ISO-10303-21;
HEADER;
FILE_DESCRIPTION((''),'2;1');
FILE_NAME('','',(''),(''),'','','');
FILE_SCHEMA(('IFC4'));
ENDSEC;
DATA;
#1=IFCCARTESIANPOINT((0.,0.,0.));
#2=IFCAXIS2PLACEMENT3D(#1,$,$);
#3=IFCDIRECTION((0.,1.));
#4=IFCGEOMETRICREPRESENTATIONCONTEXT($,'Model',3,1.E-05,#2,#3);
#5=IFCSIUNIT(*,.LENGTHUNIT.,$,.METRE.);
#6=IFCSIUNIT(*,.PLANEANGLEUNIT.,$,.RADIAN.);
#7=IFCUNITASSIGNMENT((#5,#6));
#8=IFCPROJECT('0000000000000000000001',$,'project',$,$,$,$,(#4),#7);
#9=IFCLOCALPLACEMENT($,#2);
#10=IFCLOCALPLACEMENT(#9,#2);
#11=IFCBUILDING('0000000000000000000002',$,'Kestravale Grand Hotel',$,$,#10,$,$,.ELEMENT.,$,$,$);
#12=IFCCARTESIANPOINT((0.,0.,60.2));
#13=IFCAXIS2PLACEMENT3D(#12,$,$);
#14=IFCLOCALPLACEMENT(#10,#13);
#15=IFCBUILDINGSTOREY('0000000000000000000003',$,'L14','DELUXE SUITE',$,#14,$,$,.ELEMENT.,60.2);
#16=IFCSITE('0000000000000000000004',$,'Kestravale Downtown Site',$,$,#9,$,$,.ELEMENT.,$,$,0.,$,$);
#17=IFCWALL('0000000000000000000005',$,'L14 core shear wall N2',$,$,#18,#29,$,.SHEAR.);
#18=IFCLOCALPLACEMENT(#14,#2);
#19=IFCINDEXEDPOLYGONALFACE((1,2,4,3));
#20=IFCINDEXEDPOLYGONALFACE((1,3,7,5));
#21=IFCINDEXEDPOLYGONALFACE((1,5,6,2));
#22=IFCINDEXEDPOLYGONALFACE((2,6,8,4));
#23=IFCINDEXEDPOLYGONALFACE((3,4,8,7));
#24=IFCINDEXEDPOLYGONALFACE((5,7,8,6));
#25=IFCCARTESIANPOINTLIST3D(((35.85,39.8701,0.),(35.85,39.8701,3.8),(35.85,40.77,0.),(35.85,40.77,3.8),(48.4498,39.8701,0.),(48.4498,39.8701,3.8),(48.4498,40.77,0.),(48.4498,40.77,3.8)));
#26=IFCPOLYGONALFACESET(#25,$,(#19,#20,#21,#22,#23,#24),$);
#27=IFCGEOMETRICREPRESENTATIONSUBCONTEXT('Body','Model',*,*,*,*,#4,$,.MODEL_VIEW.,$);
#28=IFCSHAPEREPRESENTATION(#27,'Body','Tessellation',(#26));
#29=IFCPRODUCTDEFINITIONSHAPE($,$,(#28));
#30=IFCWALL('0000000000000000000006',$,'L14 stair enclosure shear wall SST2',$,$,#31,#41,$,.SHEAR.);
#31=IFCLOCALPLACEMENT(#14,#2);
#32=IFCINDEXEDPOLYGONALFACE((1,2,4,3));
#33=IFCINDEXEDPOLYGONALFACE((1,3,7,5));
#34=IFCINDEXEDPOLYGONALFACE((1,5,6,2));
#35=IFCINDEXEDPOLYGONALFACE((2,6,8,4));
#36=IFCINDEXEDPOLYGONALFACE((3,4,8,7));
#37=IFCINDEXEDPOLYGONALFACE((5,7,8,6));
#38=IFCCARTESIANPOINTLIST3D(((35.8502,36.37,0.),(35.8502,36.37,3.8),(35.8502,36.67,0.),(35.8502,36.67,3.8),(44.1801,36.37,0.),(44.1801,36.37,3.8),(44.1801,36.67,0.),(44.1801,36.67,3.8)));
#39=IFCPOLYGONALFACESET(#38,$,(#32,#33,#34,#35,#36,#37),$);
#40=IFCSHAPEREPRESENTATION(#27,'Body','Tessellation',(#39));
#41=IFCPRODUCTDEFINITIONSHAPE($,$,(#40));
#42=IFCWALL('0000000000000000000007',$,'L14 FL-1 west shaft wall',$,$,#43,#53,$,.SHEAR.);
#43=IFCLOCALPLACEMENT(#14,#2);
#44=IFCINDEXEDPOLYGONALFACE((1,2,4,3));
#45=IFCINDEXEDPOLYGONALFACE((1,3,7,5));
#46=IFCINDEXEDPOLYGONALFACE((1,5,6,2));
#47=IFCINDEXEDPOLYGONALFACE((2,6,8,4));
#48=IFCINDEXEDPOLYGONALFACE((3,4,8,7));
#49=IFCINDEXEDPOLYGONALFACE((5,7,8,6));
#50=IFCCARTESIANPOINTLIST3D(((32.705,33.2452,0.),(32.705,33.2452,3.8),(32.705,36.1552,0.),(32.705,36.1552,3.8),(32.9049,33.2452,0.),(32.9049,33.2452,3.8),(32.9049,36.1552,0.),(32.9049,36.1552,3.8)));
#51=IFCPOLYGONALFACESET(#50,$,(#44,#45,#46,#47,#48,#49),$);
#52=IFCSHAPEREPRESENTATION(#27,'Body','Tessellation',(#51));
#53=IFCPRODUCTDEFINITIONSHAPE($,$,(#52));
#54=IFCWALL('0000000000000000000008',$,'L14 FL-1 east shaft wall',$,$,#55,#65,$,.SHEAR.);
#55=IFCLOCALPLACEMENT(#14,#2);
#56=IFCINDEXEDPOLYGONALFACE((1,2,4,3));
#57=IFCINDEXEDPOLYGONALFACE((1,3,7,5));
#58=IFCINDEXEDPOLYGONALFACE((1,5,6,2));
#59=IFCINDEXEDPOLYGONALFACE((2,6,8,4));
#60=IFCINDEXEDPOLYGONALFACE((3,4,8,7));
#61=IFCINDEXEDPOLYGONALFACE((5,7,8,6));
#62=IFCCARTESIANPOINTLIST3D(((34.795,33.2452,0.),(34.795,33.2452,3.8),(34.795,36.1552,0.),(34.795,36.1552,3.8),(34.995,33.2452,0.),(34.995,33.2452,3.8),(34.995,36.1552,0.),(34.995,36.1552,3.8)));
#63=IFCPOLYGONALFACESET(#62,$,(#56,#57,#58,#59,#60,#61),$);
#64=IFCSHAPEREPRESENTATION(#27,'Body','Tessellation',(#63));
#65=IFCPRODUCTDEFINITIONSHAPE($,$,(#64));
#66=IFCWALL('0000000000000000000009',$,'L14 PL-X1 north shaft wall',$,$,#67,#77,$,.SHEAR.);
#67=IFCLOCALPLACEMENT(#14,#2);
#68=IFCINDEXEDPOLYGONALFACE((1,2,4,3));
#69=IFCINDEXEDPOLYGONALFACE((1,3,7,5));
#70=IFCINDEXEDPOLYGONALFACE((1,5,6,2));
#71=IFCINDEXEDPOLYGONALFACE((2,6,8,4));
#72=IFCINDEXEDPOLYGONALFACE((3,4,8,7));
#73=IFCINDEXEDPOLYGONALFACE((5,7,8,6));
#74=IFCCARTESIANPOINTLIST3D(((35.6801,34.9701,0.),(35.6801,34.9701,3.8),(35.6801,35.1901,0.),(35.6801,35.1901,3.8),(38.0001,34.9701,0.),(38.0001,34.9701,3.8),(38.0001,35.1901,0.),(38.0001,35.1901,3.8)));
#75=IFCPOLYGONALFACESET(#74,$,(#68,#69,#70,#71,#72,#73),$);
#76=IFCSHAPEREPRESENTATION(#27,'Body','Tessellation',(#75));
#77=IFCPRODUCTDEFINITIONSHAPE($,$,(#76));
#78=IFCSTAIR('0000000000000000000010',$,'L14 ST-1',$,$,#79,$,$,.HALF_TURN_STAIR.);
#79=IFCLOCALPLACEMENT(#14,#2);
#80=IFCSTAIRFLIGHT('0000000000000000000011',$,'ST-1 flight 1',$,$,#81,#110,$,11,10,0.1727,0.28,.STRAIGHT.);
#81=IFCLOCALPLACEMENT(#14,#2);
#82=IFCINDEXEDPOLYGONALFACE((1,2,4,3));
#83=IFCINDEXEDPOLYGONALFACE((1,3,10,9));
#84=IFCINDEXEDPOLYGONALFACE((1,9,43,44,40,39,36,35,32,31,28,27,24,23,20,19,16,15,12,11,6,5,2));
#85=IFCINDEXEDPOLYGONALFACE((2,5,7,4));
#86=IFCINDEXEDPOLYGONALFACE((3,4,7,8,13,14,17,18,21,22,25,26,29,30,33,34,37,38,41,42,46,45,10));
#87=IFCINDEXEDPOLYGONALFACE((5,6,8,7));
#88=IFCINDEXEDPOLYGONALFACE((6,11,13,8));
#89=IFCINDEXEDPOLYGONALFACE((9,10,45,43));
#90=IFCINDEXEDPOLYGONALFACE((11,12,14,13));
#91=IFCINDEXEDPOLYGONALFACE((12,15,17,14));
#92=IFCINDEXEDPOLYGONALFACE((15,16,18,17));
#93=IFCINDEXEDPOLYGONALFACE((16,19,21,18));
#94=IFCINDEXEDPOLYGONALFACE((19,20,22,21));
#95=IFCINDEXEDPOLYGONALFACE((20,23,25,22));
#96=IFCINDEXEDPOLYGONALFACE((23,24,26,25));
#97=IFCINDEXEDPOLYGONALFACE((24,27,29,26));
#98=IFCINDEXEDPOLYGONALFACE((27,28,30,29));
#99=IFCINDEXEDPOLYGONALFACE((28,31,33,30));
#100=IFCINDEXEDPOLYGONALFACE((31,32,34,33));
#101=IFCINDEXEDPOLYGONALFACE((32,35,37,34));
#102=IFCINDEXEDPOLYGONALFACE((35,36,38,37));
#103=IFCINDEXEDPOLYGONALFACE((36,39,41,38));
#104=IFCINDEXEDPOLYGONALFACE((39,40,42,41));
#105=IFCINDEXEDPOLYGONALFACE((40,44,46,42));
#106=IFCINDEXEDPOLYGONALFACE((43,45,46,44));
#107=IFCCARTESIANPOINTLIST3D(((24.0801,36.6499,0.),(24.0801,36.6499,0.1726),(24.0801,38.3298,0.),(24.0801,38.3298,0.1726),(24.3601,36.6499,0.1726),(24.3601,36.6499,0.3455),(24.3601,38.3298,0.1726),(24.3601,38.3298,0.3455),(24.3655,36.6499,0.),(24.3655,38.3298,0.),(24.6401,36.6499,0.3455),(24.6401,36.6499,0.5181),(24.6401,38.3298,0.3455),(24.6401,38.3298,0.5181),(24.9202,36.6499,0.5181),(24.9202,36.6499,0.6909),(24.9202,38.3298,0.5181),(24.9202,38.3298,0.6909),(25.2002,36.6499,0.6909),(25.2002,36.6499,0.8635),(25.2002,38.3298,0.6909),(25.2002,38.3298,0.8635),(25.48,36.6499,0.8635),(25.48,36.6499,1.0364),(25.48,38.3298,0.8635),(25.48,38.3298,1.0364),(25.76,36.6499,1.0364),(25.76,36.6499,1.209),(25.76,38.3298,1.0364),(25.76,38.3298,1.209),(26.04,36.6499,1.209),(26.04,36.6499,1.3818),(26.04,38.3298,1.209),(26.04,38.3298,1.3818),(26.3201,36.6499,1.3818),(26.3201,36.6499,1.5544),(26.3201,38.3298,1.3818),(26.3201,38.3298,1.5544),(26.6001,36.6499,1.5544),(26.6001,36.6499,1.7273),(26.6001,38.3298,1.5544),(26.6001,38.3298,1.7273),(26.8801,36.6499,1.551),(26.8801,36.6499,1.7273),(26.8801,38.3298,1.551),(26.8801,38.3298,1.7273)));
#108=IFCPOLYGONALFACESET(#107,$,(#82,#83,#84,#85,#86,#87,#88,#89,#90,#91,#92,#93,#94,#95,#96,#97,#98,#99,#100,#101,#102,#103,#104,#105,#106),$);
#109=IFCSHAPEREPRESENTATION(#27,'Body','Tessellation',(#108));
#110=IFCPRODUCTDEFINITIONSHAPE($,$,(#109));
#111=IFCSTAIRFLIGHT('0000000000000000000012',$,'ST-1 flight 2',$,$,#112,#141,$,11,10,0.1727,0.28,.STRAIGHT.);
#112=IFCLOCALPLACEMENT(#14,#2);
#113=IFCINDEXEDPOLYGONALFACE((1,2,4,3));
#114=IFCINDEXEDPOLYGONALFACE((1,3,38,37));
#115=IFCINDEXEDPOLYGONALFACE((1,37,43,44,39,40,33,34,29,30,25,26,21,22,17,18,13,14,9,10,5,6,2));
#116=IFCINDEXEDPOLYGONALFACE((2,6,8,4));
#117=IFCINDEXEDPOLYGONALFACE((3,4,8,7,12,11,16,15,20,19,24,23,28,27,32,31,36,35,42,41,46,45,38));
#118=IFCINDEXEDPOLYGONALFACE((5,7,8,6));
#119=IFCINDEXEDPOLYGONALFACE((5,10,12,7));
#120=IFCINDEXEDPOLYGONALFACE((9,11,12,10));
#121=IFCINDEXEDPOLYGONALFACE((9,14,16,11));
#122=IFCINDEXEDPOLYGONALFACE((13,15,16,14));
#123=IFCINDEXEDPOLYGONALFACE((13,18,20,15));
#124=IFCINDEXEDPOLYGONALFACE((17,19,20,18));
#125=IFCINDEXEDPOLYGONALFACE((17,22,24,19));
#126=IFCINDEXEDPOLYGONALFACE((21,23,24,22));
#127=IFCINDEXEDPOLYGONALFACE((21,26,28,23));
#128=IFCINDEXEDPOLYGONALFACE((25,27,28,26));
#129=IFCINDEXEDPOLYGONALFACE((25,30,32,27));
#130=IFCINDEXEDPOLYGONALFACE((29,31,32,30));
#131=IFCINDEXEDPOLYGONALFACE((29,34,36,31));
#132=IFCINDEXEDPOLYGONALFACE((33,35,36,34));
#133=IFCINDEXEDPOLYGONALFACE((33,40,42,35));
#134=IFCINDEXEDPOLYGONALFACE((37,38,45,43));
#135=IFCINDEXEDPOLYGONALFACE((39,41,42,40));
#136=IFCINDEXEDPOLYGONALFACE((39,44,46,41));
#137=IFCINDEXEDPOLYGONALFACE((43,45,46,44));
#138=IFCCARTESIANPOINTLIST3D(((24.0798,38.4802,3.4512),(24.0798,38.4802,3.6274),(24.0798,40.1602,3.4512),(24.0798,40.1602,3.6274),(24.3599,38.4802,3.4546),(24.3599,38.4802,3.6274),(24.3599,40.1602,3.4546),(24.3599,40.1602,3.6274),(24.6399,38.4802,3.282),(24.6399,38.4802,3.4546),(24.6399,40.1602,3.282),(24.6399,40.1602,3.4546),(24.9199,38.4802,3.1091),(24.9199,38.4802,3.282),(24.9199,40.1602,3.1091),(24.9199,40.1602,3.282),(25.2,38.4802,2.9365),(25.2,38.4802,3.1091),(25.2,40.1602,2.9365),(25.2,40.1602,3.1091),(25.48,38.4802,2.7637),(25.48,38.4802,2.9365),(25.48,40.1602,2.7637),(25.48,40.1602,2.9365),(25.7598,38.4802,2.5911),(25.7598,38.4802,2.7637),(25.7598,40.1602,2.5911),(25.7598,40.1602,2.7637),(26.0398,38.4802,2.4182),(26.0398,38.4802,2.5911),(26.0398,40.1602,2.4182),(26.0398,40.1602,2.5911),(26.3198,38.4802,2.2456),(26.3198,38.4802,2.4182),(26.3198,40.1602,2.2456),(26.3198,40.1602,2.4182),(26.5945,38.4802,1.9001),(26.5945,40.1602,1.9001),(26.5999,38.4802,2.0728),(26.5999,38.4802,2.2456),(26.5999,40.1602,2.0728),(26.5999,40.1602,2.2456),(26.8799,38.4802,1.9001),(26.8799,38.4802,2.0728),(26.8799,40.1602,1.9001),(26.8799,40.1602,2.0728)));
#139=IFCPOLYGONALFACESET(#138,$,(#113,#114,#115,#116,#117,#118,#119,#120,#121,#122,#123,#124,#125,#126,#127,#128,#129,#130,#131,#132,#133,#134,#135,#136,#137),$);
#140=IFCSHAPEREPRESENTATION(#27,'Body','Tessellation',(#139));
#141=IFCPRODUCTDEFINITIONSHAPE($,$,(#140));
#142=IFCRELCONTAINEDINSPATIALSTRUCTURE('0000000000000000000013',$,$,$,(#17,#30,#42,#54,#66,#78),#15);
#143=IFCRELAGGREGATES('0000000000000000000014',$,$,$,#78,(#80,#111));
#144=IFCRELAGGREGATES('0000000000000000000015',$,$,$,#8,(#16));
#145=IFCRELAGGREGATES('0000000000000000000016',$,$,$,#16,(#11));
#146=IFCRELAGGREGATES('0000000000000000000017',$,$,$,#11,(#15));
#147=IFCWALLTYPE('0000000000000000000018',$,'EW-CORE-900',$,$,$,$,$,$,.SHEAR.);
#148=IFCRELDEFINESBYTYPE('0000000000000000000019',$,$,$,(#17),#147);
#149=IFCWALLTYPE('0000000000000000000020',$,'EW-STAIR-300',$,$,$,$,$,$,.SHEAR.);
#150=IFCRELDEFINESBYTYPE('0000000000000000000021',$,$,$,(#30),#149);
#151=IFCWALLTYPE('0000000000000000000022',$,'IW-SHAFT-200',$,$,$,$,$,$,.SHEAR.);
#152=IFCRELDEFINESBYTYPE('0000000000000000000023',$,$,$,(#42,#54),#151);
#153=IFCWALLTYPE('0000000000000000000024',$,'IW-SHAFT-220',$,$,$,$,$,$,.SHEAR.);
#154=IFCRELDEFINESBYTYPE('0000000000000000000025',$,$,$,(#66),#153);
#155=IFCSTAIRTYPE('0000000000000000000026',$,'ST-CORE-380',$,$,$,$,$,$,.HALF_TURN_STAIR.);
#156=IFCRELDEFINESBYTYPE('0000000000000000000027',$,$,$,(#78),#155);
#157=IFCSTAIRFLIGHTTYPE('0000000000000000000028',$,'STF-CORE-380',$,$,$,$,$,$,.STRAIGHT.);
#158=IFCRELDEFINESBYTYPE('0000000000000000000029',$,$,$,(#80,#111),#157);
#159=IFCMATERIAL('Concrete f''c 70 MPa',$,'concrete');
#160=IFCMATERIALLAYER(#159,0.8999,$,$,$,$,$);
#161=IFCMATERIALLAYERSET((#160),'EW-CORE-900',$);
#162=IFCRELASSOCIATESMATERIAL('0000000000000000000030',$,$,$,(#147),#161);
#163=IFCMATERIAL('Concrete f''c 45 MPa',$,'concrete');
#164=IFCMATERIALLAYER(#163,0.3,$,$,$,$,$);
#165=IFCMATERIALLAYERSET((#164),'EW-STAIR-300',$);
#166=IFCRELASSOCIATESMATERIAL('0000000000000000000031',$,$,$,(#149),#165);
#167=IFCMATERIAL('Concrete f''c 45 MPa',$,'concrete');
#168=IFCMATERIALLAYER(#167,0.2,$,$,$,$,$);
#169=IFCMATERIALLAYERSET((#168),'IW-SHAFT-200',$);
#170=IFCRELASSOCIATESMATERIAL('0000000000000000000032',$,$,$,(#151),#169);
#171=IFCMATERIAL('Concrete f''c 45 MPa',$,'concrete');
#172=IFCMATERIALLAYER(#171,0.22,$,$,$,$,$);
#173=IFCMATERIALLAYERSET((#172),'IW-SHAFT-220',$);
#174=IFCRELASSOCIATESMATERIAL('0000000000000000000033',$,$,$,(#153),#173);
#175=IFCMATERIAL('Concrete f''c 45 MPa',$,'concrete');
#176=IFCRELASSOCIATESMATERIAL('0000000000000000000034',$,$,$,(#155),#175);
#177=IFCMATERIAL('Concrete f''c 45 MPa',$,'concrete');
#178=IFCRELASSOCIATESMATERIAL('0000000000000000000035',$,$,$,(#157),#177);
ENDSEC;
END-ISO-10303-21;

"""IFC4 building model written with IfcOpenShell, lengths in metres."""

from ifc_helpers import new_model, si_unit, direction, frame, frame_2d, origin, place, context, subcontext, project, spatial, polyline, rectangle, outline, extrude, material, layer, layer_set, type_object, element, aggregate, save


model = new_model("IFC4")

# Units and contexts
model_context = context("Model", 3, precision=1e-05, world=origin(), true_north=direction((0.0, 1.0)))
body_context = subcontext(model_context, "Body", "Model", "MODEL_VIEW")
ifc_project = project(units=[si_unit("LENGTHUNIT", "METRE"), si_unit("PLANEANGLEUNIT", "RADIAN")], contexts=[model_context])

# Site, building, storey
site_placement = place(None, origin())
site = spatial("IfcSite", under=ifc_project, at=site_placement, Name="Kestravale Downtown Site", CompositionType="ELEMENT", RefElevation=0.0)
building_placement = place(site_placement, origin())
building = spatial("IfcBuilding", under=site, at=building_placement, Name="Kestravale Grand Hotel", CompositionType="ELEMENT")
storey_placement = place(building_placement, frame((0.0, 0.0, 60.2)))
storey = spatial("IfcBuildingStorey", under=building, at=storey_placement, Name="L14", Description="DELUXE SUITE", CompositionType="ELEMENT", Elevation=60.2)

# Wall
ifc_material_1 = material(Name="Concrete f'c 70 MPa", Category="concrete")
ifc_layer_1 = layer(ifc_material_1, 0.8999)
ifc_layer_set_1 = layer_set([ifc_layer_1], Name="EW-CORE-900")
wall_type_1 = type_object("IfcWallType", Name="EW-CORE-900", PredefinedType="SHEAR", material=ifc_layer_set_1)
wall_1_placement = place(storey_placement, frame((35.8501, 40.3201, 0.0), z_axis=(0.0, 0.0, 1.0), x_axis=(1.0, 0.0, 0.0)))
element("IfcWall", 1, at=wall_1_placement, inside=storey, type_object=wall_type_1, Name="L14 core shear wall N2", PredefinedType="SHEAR", context=body_context, shape_type="SweptSolid", body=[
    extrude(rectangle(XDim=12.5999, YDim=0.8999, at=frame_2d((6.2998, 0.0))), origin(), (0.0, 0.0, 1.0), 3.8),
])

# Wall
ifc_material_2 = material(Name="Concrete f'c 45 MPa", Category="concrete")
ifc_layer_2 = layer(ifc_material_2, 0.3)
ifc_layer_set_2 = layer_set([ifc_layer_2], Name="EW-STAIR-300")
wall_type_2 = type_object("IfcWallType", Name="EW-STAIR-300", PredefinedType="SHEAR", material=ifc_layer_set_2)
wall_2_placement = place(storey_placement, frame((35.8501, 36.52, 0.0), z_axis=(0.0, 0.0, 1.0), x_axis=(1.0, 0.0, 0.0)))
element("IfcWall", 2, at=wall_2_placement, inside=storey, type_object=wall_type_2, Name="L14 stair enclosure shear wall SST2", PredefinedType="SHEAR", context=body_context, shape_type="SweptSolid", body=[
    extrude(rectangle(XDim=8.3298, YDim=0.3, at=frame_2d((4.165, 0.0))), origin(), (0.0, 0.0, 1.0), 3.8),
])

# Walls
ifc_material_3 = material(Name="Concrete f'c 45 MPa", Category="concrete")
ifc_layer_3 = layer(ifc_material_3, 0.2)
ifc_layer_set_3 = layer_set([ifc_layer_3], Name="IW-SHAFT-200")
wall_type_3 = type_object("IfcWallType", Name="IW-SHAFT-200", PredefinedType="SHEAR", material=ifc_layer_set_3)
for number, where, z_axis, x_axis, name in (
    (3, (32.8049, 33.2451, 0.0), (0.0, 0.0, 1.0), (0.0, 1.0, 0.0), "L14 FL-1 west shaft wall"),
    (4, (34.895, 33.2451, 0.0), (0.0, 0.0, 1.0), (0.0, 1.0, 0.0), "L14 FL-1 east shaft wall"),
):
    element("IfcWall", number, at=place(storey_placement, frame(where, z_axis=z_axis, x_axis=x_axis)), inside=storey, type_object=wall_type_3, Name=name, PredefinedType="SHEAR", context=body_context, shape_type="SweptSolid", body=[
        extrude(rectangle(XDim=2.9099, YDim=0.2, at=frame_2d((1.4551, 0.0))), origin(), (0.0, 0.0, 1.0), 3.8),
    ])
ifc_material_4 = material(Name="Concrete f'c 45 MPa", Category="concrete")
ifc_layer_4 = layer(ifc_material_4, 0.22)
ifc_layer_set_4 = layer_set([ifc_layer_4], Name="IW-SHAFT-220")
wall_type_4 = type_object("IfcWallType", Name="IW-SHAFT-220", PredefinedType="SHEAR", material=ifc_layer_set_4)
wall_3_placement = place(storey_placement, frame((35.6799, 35.0801, 0.0), z_axis=(0.0, 0.0, 1.0), x_axis=(1.0, 0.0, 0.0)))
element("IfcWall", 5, at=wall_3_placement, inside=storey, type_object=wall_type_4, Name="L14 PL-X1 north shaft wall", PredefinedType="SHEAR", context=body_context, shape_type="SweptSolid", body=[
    extrude(rectangle(XDim=2.3201, YDim=0.22, at=frame_2d((1.1602, 0.0))), origin(), (0.0, 0.0, 1.0), 3.8),
])

# Stair, stair flights
ifc_material_5 = material(Name="Concrete f'c 45 MPa", Category="concrete")
stair_type = type_object("IfcStairType", Name="ST-CORE-380", PredefinedType="HALF_TURN_STAIR", material=ifc_material_5)
stair_placement = place(storey_placement, origin())
stair = element("IfcStair", 6, at=stair_placement, inside=storey, type_object=stair_type, Name="L14 ST-1", PredefinedType="HALF_TURN_STAIR")
ifc_material_6 = material(Name="Concrete f'c 45 MPa", Category="concrete")
stair_flight_type = type_object("IfcStairFlightType", Name="STF-CORE-380", PredefinedType="STRAIGHT", material=ifc_material_6)
stair_flight_1_placement = place(storey_placement, frame((24.0801, 37.49, 0.0), z_axis=(0.0, 0.0, 1.0), x_axis=(1.0, 0.0, 0.0)))
stair_flight_1 = element("IfcStairFlight", 7, at=stair_flight_1_placement, type_object=stair_flight_type, Name="ST-1 flight 1", NumberOfRisers=11, NumberOfTreads=10, PredefinedType="STRAIGHT", RiserHeight=0.1727, TreadLength=0.28, context=body_context, shape_type="SweptSolid", body=[
    extrude(outline(polyline([(0.0, 0.0), (0.0, 0.1726), (0.28, 0.1726), (0.28, 0.3455), (0.5601, 0.3455), (0.5601, 0.5181), (0.8401, 0.5181), (0.8401, 0.6909), (1.1201, 0.6909), (1.1201, 0.8635), (1.3999, 0.8635), (1.3999, 1.0364), (1.6799, 1.0364), (1.6799, 1.209), (1.96, 1.209), (1.96, 1.3818), (2.24, 1.3818), (2.24, 1.5544), (2.52, 1.5544), (2.52, 1.7273), (2.8, 1.7273), (2.8, 1.8999), (2.8, 1.551), (0.2854, 0.0), (0.0, 0.0)])), frame((0.0, 0.8398, 0.0), z_axis=(0.0, -1.0, 0.0), x_axis=(1.0, 0.0, 0.0)), (0.0, 0.0, 1.0), 1.6799),
])
stair_flight_2_placement = place(storey_placement, frame((26.8799, 39.3201, 1.9001), z_axis=(0.0, 0.0, 1.0), x_axis=(-1.0, 0.0, 0.0)))
stair_flight_2 = element("IfcStairFlight", 8, at=stair_flight_2_placement, type_object=stair_flight_type, Name="ST-1 flight 2", NumberOfRisers=11, NumberOfTreads=10, PredefinedType="STRAIGHT", RiserHeight=0.1727, TreadLength=0.28, context=body_context, shape_type="SweptSolid", body=[
    extrude(outline(polyline([(0.0, 0.0), (0.0, 0.1726), (0.28, 0.1726), (0.28, 0.3455), (0.5601, 0.3455), (0.5601, 0.5181), (0.8401, 0.5181), (0.8401, 0.6909), (1.1201, 0.6909), (1.1201, 0.8635), (1.3999, 0.8635), (1.3999, 1.0364), (1.6799, 1.0364), (1.6799, 1.209), (1.96, 1.209), (1.96, 1.3818), (2.24, 1.3818), (2.24, 1.5544), (2.52, 1.5544), (2.52, 1.7273), (2.8, 1.7273), (2.8, 1.8999), (2.8, 1.551), (0.2854, 0.0), (0.0, 0.0)])), frame((0.0, 0.8398, 0.0), z_axis=(0.0, -1.0, 0.0), x_axis=(1.0, 0.0, 0.0)), (0.0, 0.0, 1.0), 1.6799),
])
aggregate(stair, [stair_flight_1, stair_flight_2])

save(model, "model.ifc")
